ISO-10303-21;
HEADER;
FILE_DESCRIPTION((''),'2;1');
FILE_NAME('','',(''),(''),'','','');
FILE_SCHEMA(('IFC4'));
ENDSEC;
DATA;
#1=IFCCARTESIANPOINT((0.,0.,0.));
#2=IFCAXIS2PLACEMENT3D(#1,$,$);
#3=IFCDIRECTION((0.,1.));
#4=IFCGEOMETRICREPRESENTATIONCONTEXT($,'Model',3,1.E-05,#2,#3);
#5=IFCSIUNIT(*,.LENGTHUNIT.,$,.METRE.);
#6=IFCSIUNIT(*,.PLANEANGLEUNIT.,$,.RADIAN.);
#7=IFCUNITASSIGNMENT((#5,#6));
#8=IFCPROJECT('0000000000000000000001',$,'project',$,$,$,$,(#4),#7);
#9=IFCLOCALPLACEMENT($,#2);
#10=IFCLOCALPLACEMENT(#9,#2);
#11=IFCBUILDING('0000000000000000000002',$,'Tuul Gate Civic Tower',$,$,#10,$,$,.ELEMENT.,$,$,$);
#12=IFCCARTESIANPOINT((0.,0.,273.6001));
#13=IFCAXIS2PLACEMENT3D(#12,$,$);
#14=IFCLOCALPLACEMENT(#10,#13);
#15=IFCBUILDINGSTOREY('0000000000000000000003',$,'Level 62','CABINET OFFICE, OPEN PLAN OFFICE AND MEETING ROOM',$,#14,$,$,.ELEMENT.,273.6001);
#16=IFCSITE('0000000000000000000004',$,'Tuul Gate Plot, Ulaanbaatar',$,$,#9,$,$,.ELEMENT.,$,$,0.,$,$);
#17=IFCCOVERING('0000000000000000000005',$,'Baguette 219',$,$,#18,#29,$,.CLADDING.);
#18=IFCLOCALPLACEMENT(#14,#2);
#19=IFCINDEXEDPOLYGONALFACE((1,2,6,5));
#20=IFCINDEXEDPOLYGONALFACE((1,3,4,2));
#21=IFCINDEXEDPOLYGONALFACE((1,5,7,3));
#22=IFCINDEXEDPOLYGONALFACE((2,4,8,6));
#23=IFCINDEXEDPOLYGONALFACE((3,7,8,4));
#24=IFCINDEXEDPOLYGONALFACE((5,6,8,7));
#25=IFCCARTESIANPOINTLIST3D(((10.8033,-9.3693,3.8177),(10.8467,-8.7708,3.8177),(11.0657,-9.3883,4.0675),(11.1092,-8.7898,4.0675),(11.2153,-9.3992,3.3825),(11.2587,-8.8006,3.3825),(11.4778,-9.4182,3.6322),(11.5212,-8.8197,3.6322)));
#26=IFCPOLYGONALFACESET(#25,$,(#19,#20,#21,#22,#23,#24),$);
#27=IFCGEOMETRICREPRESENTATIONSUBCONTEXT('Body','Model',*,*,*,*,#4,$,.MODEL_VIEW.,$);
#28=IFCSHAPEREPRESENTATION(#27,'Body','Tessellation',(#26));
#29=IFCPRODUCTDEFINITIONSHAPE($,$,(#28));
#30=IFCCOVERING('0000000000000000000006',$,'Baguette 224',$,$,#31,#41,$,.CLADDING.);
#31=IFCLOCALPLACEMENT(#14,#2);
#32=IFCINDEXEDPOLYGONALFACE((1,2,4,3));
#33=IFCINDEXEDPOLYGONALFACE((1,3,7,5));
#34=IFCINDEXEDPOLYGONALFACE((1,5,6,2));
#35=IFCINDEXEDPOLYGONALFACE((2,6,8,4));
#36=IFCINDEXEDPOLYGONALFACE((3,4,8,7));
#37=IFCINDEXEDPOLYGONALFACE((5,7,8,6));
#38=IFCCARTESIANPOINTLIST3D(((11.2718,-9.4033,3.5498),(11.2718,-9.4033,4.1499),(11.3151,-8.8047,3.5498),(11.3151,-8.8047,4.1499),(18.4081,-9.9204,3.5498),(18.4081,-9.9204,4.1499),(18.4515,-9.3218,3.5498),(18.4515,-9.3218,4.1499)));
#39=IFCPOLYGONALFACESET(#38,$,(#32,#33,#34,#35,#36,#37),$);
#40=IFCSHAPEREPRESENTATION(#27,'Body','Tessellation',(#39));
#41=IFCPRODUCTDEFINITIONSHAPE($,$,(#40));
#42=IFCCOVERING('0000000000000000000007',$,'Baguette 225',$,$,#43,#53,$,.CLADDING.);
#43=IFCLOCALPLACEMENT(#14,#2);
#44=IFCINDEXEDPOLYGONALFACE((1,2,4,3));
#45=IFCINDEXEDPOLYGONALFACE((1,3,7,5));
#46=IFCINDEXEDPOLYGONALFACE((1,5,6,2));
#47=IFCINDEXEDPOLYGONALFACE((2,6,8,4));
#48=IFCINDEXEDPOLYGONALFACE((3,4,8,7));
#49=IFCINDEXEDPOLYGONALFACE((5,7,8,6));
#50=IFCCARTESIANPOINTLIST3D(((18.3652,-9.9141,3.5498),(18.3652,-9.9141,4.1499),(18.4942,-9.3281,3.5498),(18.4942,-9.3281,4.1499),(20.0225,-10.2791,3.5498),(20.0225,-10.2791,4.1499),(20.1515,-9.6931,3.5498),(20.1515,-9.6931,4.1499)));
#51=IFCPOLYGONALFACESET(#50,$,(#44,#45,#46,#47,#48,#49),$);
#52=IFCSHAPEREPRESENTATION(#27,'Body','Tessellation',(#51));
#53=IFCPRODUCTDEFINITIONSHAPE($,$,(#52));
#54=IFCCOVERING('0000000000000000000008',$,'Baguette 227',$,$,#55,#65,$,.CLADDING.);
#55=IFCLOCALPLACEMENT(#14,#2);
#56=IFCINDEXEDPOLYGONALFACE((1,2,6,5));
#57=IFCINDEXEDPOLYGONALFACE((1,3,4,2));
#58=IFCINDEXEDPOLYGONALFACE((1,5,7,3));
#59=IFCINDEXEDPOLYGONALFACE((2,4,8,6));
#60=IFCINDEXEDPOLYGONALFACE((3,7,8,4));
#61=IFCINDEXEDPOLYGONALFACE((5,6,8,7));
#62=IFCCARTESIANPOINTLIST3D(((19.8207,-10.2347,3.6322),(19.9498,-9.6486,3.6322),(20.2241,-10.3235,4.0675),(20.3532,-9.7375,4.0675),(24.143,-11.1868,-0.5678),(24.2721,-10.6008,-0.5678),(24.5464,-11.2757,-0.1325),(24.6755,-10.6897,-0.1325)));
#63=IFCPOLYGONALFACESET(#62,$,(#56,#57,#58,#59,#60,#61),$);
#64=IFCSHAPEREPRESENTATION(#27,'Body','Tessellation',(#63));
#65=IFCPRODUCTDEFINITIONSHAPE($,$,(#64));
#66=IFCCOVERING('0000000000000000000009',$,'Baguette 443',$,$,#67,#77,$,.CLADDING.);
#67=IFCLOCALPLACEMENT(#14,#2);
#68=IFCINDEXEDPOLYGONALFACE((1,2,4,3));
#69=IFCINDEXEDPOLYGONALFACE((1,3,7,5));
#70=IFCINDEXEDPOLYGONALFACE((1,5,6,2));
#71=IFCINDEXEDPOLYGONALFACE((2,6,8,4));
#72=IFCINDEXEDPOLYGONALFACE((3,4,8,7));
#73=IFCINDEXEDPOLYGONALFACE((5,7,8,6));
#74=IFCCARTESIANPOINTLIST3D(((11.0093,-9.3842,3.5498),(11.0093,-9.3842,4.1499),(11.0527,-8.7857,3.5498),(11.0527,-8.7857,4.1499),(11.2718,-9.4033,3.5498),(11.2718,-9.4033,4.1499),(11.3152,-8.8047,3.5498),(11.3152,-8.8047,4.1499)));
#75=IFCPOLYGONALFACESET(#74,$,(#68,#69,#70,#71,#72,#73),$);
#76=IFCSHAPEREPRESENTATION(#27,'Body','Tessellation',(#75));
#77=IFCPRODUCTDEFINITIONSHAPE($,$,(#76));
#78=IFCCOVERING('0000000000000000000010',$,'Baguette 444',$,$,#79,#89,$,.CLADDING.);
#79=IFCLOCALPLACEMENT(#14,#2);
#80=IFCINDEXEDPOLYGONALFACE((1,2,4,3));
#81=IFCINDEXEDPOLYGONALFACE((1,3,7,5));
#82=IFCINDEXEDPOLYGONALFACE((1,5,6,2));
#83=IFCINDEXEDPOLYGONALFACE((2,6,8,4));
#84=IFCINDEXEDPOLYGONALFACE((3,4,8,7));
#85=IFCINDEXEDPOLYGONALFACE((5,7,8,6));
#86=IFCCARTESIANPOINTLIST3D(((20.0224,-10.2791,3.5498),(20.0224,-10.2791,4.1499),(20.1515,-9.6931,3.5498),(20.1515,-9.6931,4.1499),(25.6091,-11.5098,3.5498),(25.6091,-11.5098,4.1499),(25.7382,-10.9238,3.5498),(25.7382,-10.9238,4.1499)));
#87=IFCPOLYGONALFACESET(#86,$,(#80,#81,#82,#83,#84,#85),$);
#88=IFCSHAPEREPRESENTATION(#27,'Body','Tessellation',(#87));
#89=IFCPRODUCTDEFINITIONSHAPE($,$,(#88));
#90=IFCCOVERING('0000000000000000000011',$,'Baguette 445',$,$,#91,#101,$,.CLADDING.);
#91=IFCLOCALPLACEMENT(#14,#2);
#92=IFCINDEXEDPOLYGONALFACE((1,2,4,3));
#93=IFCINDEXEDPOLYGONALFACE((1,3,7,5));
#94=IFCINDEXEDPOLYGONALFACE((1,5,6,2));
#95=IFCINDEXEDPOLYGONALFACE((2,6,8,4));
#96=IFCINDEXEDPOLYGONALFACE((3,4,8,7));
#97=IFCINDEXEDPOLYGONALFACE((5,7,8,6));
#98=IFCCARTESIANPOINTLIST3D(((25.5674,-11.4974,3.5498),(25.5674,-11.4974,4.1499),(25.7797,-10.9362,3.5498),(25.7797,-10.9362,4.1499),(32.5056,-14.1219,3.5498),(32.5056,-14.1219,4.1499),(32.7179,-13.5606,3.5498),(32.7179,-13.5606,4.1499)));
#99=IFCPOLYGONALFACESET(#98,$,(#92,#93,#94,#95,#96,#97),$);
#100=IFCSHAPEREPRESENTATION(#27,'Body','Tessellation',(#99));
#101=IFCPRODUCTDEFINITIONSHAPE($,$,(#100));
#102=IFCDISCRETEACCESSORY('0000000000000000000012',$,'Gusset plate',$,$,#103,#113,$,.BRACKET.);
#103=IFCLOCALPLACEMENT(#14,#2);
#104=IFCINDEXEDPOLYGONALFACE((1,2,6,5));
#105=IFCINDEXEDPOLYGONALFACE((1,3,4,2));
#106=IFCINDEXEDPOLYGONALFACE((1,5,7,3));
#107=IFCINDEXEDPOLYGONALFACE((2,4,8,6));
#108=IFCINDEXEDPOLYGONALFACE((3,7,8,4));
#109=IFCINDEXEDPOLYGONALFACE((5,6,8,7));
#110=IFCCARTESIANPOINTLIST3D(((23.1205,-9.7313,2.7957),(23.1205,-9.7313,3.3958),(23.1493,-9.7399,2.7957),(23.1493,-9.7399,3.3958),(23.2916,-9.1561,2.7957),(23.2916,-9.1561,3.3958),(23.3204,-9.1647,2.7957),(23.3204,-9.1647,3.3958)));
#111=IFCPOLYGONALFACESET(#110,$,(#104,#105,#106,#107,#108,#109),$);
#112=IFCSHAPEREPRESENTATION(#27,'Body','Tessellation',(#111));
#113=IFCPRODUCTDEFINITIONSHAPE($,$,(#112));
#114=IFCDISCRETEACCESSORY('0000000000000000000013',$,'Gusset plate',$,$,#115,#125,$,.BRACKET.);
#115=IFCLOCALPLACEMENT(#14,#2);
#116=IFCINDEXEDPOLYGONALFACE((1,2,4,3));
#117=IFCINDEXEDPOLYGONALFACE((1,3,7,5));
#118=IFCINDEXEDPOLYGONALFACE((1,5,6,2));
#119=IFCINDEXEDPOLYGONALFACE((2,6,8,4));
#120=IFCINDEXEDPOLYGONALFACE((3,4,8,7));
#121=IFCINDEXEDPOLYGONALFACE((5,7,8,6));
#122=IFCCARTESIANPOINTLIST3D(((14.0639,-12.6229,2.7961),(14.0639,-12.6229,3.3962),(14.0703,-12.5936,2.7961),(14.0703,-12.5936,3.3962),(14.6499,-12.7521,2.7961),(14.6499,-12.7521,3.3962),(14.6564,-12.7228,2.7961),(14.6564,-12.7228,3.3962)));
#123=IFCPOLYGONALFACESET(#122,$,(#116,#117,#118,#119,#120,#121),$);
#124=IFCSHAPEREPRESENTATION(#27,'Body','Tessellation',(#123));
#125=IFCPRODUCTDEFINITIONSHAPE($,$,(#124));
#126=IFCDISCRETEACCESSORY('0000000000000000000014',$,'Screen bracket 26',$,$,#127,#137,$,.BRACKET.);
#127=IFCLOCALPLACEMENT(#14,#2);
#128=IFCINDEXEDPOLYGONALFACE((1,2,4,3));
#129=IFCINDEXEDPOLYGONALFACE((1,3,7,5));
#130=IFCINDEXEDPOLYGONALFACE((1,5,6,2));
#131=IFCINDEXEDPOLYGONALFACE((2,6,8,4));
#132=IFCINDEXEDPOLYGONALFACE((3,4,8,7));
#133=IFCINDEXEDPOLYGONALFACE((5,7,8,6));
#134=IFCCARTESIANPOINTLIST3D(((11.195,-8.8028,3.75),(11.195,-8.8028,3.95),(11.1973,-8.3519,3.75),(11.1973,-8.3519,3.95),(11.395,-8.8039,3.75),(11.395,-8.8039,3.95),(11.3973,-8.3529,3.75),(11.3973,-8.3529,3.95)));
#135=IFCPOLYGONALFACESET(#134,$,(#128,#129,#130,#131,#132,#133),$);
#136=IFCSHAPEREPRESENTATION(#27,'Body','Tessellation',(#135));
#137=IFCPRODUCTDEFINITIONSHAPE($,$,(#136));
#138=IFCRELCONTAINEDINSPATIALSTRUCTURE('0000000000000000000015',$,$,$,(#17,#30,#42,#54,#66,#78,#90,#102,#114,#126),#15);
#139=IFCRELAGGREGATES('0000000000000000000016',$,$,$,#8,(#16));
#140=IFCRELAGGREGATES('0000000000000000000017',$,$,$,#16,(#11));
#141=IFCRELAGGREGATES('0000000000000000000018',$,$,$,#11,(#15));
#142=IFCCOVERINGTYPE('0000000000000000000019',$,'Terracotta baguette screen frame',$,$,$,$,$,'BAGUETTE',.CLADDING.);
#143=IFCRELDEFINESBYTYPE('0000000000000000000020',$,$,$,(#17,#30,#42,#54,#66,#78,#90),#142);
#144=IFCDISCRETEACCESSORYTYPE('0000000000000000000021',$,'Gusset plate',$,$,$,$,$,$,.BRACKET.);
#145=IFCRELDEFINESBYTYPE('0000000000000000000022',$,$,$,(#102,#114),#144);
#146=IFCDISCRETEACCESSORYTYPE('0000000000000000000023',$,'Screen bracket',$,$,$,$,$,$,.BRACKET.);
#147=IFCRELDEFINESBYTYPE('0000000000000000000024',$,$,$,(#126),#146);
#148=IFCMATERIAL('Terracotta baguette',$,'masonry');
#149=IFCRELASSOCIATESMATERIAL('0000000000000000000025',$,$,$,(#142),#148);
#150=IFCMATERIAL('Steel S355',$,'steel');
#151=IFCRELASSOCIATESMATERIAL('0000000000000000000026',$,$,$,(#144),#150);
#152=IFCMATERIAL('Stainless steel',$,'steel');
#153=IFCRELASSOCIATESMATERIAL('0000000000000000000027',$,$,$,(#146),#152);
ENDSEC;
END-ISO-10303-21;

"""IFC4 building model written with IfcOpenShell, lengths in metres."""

from ifc_helpers import new_model, si_unit, direction, frame, origin, origin_2d, place, context, subcontext, project, spatial, rectangle, extrude, material, material_profile, profile_set, type_object, element, save


model = new_model("IFC4")

# Units and contexts
model_context = context("Model", 3, precision=1e-05, world=origin(), true_north=direction((0.0, 1.0)))
body_context = subcontext(model_context, "Body", "Model", "MODEL_VIEW")
ifc_project = project(units=[si_unit("LENGTHUNIT", "METRE"), si_unit("PLANEANGLEUNIT", "RADIAN")], contexts=[model_context])

# Site, building, storey
site_placement = place(None, origin())
site = spatial("IfcSite", under=ifc_project, at=site_placement, Name="Tuul Gate Plot, Ulaanbaatar", CompositionType="ELEMENT", RefElevation=0.0)
building_placement = place(site_placement, origin())
building = spatial("IfcBuilding", under=site, at=building_placement, Name="Tuul Gate Civic Tower", CompositionType="ELEMENT")
storey_placement = place(building_placement, frame((0.0, 0.0, 273.6001)))
storey = spatial("IfcBuildingStorey", under=building, at=storey_placement, Name="Level 62", Description="CABINET OFFICE, OPEN PLAN OFFICE AND MEETING ROOM", CompositionType="ELEMENT", Elevation=273.6001)

# Coverings
ifc_material_1 = material(Name="Terracotta baguette", Category="masonry")
ifc_material_profile_1 = material_profile(ifc_material_1, rectangle(XDim=0.6001, YDim=0.6001, at=origin_2d()), Name="Terracotta baguette screen frame")
ifc_profile_set_1 = profile_set([ifc_material_profile_1], Name="Terracotta baguette")
covering_type = type_object("IfcCoveringType", Name="Terracotta baguette screen frame", ElementType="BAGUETTE", PredefinedType="CLADDING", material=ifc_profile_set_1)
covering_1_placement = place(storey_placement, frame((11.031, -9.085, 3.6001), z_axis=(0.723412, -0.052489, 0.688419), x_axis=(0.072368, 0.997378, 0.0)))
element("IfcCovering", 1, at=covering_1_placement, inside=storey, type_object=covering_type, Name="Baguette 219", PredefinedType="CLADDING", context=body_context, shape_type="SweptSolid", body=[
    extrude(rectangle(XDim=0.6001, YDim=0.6001, at=origin_2d()), origin(), (0.0, 0.0, 1.0), 0.3628),
])
covering_2_placement = place(storey_placement, frame((11.2935, -9.104, 3.8499), z_axis=(0.997385, -0.07227, 0.0), x_axis=(0.07227, 0.997385, 0.0)))
element("IfcCovering", 2, at=covering_2_placement, inside=storey, type_object=covering_type, Name="Baguette 224", PredefinedType="CLADDING", context=body_context, shape_type="SweptSolid", body=[
    extrude(rectangle(XDim=0.6001, YDim=0.6001, at=origin_2d()), origin(), (0.0, 0.0, 1.0), 7.155),
])
covering_3_placement = place(storey_placement, frame((18.4297, -9.6211, 3.8499), z_axis=(0.976595, -0.215087, 0.0), x_axis=(0.215087, 0.976595, 0.0)))
element("IfcCovering", 3, at=covering_3_placement, inside=storey, type_object=covering_type, Name="Baguette 225", PredefinedType="CLADDING", context=body_context, shape_type="SweptSolid", body=[
    extrude(rectangle(XDim=0.6001, YDim=0.6001, at=origin_2d()), origin(), (0.0, 0.0, 1.0), 1.697),
])
covering_4_placement = place(storey_placement, frame((20.0869, -9.9861, 3.8499), z_axis=(0.708395, -0.156052, -0.688349), x_axis=(0.215131, 0.976585, 0.0)))
element("IfcCovering", 4, at=covering_4_placement, inside=storey, type_object=covering_type, Name="Baguette 227", PredefinedType="CLADDING", context=body_context, shape_type="SweptSolid", body=[
    extrude(rectangle(XDim=0.6001, YDim=0.6001, at=origin_2d()), origin(), (0.0, 0.0, 1.0), 6.1016),
])
covering_5_placement = place(storey_placement, frame((11.031, -9.085, 3.8499), z_axis=(0.997378, -0.072368, 0.0), x_axis=(0.072368, 0.997378, 0.0)))
element("IfcCovering", 5, at=covering_5_placement, inside=storey, type_object=covering_type, Name="Baguette 443", PredefinedType="CLADDING", context=body_context, shape_type="SweptSolid", body=[
    extrude(rectangle(XDim=0.6001, YDim=0.6001, at=origin_2d()), origin(), (0.0, 0.0, 1.0), 0.2632),
])
covering_6_placement = place(storey_placement, frame((20.0869, -9.9861, 3.8499), z_axis=(0.976584, -0.215136, 0.0), x_axis=(0.215136, 0.976584, 0.0)))
element("IfcCovering", 6, at=covering_6_placement, inside=storey, type_object=covering_type, Name="Baguette 444", PredefinedType="CLADDING", context=body_context, shape_type="SweptSolid", body=[
    extrude(rectangle(XDim=0.6001, YDim=0.6001, at=origin_2d()), origin(), (0.0, 0.0, 1.0), 5.7207),
])
covering_7_placement = place(storey_placement, frame((25.6736, -11.2168, 3.8499), z_axis=(0.93532, -0.353802, 0.0), x_axis=(0.353802, 0.93532, 0.0)))
element("IfcCovering", 7, at=covering_7_placement, inside=storey, type_object=covering_type, Name="Baguette 445", PredefinedType="CLADDING", context=body_context, shape_type="SweptSolid", body=[
    extrude(rectangle(XDim=0.6001, YDim=0.6001, at=origin_2d()), origin(), (0.0, 0.0, 1.0), 7.418),
])

# Discrete accessories
ifc_material_2 = material(Name="Steel S355", Category="steel")
discrete_accessory_type_1 = type_object("IfcDiscreteAccessoryType", Name="Gusset plate", PredefinedType="BRACKET", material=ifc_material_2)
for number, where, z_axis, x_axis, name in (
    (8, (23.2205, -9.448, 2.7957), (0.0, 0.0, 1.0), (0.285212, 0.958464, 0.0), "Gusset plate"),
    (9, (14.3601, -12.6729, 2.7961), (0.0, 0.0, 1.0), (0.976564, -0.215229, 0.0), "Gusset plate"),
):
    element("IfcDiscreteAccessory", number, at=place(storey_placement, frame(where, z_axis=z_axis, x_axis=x_axis)), inside=storey, type_object=discrete_accessory_type_1, Name=name, PredefinedType="BRACKET", context=body_context, shape_type="SweptSolid", body=[
        extrude(rectangle(XDim=0.6001, YDim=0.03, at=origin_2d()), origin(), (0.0, 0.0, 1.0), 0.6001),
    ])
ifc_material_3 = material(Name="Stainless steel", Category="steel")
discrete_accessory_type_2 = type_object("IfcDiscreteAccessoryType", Name="Screen bracket", PredefinedType="BRACKET", material=ifc_material_3)
discrete_accessory_placement = place(storey_placement, frame((11.2961, -8.5779, 3.75), z_axis=(0.0, 0.0, 1.0), x_axis=(-0.005112, -0.999987, 0.0)))
element("IfcDiscreteAccessory", 10, at=discrete_accessory_placement, inside=storey, type_object=discrete_accessory_type_2, Name="Screen bracket 26", PredefinedType="BRACKET", context=body_context, shape_type="SweptSolid", body=[
    extrude(rectangle(XDim=0.4509, YDim=0.2, at=origin_2d()), origin(), (0.0, 0.0, 1.0), 0.2),
])

save(model, "model.ifc")
